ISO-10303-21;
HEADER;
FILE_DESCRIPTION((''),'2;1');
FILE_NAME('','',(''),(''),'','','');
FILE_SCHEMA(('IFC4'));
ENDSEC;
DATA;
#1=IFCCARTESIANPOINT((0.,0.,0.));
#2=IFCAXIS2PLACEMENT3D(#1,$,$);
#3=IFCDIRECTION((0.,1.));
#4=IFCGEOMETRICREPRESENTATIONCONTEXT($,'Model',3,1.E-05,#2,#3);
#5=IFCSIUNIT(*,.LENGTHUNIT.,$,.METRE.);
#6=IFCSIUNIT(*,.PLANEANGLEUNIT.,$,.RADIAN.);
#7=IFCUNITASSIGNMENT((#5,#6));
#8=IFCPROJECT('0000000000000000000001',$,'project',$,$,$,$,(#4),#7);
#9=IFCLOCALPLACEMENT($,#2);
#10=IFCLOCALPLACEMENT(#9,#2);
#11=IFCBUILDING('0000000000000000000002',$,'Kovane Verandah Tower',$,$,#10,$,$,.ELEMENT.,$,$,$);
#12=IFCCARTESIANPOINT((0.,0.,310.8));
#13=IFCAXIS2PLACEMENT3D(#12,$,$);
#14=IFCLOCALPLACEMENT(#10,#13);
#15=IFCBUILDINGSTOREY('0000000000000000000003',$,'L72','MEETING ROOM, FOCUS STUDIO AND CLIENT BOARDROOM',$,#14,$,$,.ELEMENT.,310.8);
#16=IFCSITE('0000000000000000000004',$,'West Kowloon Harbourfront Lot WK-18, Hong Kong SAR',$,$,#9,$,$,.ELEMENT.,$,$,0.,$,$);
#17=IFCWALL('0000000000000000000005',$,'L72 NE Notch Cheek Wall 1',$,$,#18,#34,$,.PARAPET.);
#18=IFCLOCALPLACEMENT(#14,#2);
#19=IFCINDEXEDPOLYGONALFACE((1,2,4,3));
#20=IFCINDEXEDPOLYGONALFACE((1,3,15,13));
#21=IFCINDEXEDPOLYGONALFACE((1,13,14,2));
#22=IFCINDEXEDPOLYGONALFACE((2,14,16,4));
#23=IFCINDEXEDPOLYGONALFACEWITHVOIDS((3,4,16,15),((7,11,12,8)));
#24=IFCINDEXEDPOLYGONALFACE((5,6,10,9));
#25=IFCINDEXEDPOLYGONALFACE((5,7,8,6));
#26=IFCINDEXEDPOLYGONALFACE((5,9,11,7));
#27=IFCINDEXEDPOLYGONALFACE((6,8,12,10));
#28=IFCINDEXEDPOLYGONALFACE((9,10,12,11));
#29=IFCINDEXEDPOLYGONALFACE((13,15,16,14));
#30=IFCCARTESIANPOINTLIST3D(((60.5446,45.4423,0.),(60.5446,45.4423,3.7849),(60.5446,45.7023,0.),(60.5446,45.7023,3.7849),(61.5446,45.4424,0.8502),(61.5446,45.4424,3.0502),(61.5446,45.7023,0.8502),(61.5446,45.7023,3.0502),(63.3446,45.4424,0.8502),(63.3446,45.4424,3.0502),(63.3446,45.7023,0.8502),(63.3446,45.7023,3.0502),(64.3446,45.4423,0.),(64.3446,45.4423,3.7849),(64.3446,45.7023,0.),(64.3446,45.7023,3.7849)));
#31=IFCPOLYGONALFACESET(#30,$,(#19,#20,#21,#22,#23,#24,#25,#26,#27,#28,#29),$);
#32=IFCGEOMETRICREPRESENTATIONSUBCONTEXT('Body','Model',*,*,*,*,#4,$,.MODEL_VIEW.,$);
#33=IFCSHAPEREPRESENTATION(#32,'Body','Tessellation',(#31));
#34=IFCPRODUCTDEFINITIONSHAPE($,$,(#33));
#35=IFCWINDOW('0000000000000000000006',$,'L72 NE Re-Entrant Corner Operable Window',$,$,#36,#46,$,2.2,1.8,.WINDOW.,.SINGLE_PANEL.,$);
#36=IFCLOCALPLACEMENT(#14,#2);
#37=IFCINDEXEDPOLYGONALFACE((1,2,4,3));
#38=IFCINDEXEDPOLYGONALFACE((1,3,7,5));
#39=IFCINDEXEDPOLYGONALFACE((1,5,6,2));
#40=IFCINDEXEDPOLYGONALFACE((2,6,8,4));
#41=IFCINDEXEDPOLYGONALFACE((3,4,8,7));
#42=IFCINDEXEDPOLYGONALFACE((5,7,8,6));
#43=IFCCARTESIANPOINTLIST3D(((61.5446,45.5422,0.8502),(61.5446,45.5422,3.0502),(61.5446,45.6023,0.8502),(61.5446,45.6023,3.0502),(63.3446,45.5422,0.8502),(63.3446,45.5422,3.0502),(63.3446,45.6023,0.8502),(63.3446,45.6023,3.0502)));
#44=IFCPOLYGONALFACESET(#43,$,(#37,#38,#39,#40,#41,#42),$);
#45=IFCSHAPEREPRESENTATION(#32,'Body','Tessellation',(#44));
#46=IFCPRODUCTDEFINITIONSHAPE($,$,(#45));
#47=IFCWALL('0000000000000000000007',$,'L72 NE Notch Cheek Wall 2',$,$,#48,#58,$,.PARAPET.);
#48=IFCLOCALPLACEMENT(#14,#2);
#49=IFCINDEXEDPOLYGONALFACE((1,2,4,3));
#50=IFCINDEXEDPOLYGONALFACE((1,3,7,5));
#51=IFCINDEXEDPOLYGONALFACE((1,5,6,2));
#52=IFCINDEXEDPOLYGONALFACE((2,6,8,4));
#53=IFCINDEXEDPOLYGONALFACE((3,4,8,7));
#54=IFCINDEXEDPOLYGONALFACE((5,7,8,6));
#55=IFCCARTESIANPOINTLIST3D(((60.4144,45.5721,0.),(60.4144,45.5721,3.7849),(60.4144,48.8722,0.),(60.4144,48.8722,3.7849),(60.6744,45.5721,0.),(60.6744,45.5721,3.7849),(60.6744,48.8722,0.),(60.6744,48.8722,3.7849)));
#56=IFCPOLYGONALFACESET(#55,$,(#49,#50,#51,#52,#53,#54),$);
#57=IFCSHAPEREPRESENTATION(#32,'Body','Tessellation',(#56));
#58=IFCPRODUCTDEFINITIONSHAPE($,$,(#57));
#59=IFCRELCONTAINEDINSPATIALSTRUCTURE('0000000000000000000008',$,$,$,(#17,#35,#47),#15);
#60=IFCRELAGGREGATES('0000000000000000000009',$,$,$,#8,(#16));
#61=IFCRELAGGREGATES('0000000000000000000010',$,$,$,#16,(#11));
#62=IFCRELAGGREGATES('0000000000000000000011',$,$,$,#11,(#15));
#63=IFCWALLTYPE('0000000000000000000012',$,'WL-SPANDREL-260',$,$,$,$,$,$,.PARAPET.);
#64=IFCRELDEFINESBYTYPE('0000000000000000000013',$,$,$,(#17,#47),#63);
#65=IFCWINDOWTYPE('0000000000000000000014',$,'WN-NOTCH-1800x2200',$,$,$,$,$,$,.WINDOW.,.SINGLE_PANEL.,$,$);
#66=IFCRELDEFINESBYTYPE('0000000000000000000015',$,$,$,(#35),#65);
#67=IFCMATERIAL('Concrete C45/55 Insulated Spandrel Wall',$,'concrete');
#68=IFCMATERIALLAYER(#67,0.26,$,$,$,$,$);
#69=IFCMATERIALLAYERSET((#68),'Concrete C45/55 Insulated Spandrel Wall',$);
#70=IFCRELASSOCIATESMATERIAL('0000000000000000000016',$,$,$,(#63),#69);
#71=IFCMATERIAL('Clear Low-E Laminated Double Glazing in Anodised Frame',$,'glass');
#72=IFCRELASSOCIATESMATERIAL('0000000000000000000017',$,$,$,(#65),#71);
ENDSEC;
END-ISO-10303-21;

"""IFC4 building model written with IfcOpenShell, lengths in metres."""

from ifc_helpers import new_model, si_unit, direction, frame, frame_2d, origin, place, context, subcontext, project, spatial, rectangle, extrude, material, layer, layer_set, type_object, element, fill, save


model = new_model("IFC4")

# Units and contexts
model_context = context("Model", 3, precision=1e-05, world=origin(), true_north=direction((0.0, 1.0)))
body_context = subcontext(model_context, "Body", "Model", "MODEL_VIEW")
ifc_project = project(units=[si_unit("LENGTHUNIT", "METRE"), si_unit("PLANEANGLEUNIT", "RADIAN")], contexts=[model_context])

# Site, building, storey
site_placement = place(None, origin())
site = spatial("IfcSite", under=ifc_project, at=site_placement, Name="West Kowloon Harbourfront Lot WK-18, Hong Kong SAR", CompositionType="ELEMENT", RefElevation=0.0)
building_placement = place(site_placement, origin())
building = spatial("IfcBuilding", under=site, at=building_placement, Name="Kovane Verandah Tower", CompositionType="ELEMENT")
storey_placement = place(building_placement, frame((0.0, 0.0, 310.8)))
storey = spatial("IfcBuildingStorey", under=building, at=storey_placement, Name="L72", Description="MEETING ROOM, FOCUS STUDIO AND CLIENT BOARDROOM", CompositionType="ELEMENT", Elevation=310.8)

# Wall, opening, window
ifc_material_1 = material(Name="Concrete C45/55 Insulated Spandrel Wall", Category="concrete")
ifc_layer_1 = layer(ifc_material_1, 0.26)
ifc_layer_set_1 = layer_set([ifc_layer_1], Name="Concrete C45/55 Insulated Spandrel Wall")
wall_type = type_object("IfcWallType", Name="WL-SPANDREL-260", PredefinedType="PARAPET", material=ifc_layer_set_1)
wall_1_placement = place(storey_placement, frame((64.3445, 45.5723, 0.0), z_axis=(0.0, 0.0, 1.0), x_axis=(-1.0, 0.0, 0.0)))
wall_1 = element("IfcWall", 1, at=wall_1_placement, inside=storey, type_object=wall_type, Name="L72 NE Notch Cheek Wall 1", PredefinedType="PARAPET", context=body_context, shape_type="SweptSolid", body=[
    extrude(rectangle(XDim=3.8, YDim=0.26, at=frame_2d((1.8999, 0.0))), origin(), (0.0, 0.0, 1.0), 3.7849),
])
opening_placement = place(wall_1_placement, frame((1.0, 0.0, 0.8501)))
opening = element("IfcOpeningElement", 2, at=opening_placement, cuts=wall_1, PredefinedType="OPENING", context=body_context, shape_type="SweptSolid", body=[
    extrude(rectangle(XDim=1.8, YDim=2.2, at=frame_2d((0.8999, 1.1001))), frame((0.0, 0.1299, 0.0), z_axis=(0.0, -1.0, 0.0), x_axis=(1.0, 0.0, 0.0)), (0.0, 0.0, 1.0), 0.26),
])
ifc_material_2 = material(Name="Clear Low-E Laminated Double Glazing in Anodised Frame", Category="glass")
window_type = type_object("IfcWindowType", Name="WN-NOTCH-1800x2200", PartitioningType="SINGLE_PANEL", PredefinedType="WINDOW", material=ifc_material_2)
window_placement = place(opening_placement, origin())
window = element("IfcWindow", 3, at=window_placement, inside=storey, type_object=window_type, Name="L72 NE Re-Entrant Corner Operable Window", OverallHeight=2.2, OverallWidth=1.8, PartitioningType="SINGLE_PANEL", PredefinedType="WINDOW", context=body_context, shape_type="SweptSolid", body=[
    extrude(rectangle(XDim=1.8, YDim=2.2, at=frame_2d((0.8999, 1.1001))), frame((0.0, 0.03, 0.0), z_axis=(0.0, -1.0, 0.0), x_axis=(1.0, 0.0, 0.0)), (0.0, 0.0, 1.0), 0.0601),
])
fill(opening, window)

# Wall
wall_2_placement = place(storey_placement, frame((60.5444, 45.5723, 0.0), z_axis=(0.0, 0.0, 1.0), x_axis=(0.0, 1.0, 0.0)))
element("IfcWall", 4, at=wall_2_placement, inside=storey, type_object=wall_type, Name="L72 NE Notch Cheek Wall 2", PredefinedType="PARAPET", context=body_context, shape_type="SweptSolid", body=[
    extrude(rectangle(XDim=3.3, YDim=0.26, at=frame_2d((1.6499, 0.0))), origin(), (0.0, 0.0, 1.0), 3.7849),
])

save(model, "model.ifc")
